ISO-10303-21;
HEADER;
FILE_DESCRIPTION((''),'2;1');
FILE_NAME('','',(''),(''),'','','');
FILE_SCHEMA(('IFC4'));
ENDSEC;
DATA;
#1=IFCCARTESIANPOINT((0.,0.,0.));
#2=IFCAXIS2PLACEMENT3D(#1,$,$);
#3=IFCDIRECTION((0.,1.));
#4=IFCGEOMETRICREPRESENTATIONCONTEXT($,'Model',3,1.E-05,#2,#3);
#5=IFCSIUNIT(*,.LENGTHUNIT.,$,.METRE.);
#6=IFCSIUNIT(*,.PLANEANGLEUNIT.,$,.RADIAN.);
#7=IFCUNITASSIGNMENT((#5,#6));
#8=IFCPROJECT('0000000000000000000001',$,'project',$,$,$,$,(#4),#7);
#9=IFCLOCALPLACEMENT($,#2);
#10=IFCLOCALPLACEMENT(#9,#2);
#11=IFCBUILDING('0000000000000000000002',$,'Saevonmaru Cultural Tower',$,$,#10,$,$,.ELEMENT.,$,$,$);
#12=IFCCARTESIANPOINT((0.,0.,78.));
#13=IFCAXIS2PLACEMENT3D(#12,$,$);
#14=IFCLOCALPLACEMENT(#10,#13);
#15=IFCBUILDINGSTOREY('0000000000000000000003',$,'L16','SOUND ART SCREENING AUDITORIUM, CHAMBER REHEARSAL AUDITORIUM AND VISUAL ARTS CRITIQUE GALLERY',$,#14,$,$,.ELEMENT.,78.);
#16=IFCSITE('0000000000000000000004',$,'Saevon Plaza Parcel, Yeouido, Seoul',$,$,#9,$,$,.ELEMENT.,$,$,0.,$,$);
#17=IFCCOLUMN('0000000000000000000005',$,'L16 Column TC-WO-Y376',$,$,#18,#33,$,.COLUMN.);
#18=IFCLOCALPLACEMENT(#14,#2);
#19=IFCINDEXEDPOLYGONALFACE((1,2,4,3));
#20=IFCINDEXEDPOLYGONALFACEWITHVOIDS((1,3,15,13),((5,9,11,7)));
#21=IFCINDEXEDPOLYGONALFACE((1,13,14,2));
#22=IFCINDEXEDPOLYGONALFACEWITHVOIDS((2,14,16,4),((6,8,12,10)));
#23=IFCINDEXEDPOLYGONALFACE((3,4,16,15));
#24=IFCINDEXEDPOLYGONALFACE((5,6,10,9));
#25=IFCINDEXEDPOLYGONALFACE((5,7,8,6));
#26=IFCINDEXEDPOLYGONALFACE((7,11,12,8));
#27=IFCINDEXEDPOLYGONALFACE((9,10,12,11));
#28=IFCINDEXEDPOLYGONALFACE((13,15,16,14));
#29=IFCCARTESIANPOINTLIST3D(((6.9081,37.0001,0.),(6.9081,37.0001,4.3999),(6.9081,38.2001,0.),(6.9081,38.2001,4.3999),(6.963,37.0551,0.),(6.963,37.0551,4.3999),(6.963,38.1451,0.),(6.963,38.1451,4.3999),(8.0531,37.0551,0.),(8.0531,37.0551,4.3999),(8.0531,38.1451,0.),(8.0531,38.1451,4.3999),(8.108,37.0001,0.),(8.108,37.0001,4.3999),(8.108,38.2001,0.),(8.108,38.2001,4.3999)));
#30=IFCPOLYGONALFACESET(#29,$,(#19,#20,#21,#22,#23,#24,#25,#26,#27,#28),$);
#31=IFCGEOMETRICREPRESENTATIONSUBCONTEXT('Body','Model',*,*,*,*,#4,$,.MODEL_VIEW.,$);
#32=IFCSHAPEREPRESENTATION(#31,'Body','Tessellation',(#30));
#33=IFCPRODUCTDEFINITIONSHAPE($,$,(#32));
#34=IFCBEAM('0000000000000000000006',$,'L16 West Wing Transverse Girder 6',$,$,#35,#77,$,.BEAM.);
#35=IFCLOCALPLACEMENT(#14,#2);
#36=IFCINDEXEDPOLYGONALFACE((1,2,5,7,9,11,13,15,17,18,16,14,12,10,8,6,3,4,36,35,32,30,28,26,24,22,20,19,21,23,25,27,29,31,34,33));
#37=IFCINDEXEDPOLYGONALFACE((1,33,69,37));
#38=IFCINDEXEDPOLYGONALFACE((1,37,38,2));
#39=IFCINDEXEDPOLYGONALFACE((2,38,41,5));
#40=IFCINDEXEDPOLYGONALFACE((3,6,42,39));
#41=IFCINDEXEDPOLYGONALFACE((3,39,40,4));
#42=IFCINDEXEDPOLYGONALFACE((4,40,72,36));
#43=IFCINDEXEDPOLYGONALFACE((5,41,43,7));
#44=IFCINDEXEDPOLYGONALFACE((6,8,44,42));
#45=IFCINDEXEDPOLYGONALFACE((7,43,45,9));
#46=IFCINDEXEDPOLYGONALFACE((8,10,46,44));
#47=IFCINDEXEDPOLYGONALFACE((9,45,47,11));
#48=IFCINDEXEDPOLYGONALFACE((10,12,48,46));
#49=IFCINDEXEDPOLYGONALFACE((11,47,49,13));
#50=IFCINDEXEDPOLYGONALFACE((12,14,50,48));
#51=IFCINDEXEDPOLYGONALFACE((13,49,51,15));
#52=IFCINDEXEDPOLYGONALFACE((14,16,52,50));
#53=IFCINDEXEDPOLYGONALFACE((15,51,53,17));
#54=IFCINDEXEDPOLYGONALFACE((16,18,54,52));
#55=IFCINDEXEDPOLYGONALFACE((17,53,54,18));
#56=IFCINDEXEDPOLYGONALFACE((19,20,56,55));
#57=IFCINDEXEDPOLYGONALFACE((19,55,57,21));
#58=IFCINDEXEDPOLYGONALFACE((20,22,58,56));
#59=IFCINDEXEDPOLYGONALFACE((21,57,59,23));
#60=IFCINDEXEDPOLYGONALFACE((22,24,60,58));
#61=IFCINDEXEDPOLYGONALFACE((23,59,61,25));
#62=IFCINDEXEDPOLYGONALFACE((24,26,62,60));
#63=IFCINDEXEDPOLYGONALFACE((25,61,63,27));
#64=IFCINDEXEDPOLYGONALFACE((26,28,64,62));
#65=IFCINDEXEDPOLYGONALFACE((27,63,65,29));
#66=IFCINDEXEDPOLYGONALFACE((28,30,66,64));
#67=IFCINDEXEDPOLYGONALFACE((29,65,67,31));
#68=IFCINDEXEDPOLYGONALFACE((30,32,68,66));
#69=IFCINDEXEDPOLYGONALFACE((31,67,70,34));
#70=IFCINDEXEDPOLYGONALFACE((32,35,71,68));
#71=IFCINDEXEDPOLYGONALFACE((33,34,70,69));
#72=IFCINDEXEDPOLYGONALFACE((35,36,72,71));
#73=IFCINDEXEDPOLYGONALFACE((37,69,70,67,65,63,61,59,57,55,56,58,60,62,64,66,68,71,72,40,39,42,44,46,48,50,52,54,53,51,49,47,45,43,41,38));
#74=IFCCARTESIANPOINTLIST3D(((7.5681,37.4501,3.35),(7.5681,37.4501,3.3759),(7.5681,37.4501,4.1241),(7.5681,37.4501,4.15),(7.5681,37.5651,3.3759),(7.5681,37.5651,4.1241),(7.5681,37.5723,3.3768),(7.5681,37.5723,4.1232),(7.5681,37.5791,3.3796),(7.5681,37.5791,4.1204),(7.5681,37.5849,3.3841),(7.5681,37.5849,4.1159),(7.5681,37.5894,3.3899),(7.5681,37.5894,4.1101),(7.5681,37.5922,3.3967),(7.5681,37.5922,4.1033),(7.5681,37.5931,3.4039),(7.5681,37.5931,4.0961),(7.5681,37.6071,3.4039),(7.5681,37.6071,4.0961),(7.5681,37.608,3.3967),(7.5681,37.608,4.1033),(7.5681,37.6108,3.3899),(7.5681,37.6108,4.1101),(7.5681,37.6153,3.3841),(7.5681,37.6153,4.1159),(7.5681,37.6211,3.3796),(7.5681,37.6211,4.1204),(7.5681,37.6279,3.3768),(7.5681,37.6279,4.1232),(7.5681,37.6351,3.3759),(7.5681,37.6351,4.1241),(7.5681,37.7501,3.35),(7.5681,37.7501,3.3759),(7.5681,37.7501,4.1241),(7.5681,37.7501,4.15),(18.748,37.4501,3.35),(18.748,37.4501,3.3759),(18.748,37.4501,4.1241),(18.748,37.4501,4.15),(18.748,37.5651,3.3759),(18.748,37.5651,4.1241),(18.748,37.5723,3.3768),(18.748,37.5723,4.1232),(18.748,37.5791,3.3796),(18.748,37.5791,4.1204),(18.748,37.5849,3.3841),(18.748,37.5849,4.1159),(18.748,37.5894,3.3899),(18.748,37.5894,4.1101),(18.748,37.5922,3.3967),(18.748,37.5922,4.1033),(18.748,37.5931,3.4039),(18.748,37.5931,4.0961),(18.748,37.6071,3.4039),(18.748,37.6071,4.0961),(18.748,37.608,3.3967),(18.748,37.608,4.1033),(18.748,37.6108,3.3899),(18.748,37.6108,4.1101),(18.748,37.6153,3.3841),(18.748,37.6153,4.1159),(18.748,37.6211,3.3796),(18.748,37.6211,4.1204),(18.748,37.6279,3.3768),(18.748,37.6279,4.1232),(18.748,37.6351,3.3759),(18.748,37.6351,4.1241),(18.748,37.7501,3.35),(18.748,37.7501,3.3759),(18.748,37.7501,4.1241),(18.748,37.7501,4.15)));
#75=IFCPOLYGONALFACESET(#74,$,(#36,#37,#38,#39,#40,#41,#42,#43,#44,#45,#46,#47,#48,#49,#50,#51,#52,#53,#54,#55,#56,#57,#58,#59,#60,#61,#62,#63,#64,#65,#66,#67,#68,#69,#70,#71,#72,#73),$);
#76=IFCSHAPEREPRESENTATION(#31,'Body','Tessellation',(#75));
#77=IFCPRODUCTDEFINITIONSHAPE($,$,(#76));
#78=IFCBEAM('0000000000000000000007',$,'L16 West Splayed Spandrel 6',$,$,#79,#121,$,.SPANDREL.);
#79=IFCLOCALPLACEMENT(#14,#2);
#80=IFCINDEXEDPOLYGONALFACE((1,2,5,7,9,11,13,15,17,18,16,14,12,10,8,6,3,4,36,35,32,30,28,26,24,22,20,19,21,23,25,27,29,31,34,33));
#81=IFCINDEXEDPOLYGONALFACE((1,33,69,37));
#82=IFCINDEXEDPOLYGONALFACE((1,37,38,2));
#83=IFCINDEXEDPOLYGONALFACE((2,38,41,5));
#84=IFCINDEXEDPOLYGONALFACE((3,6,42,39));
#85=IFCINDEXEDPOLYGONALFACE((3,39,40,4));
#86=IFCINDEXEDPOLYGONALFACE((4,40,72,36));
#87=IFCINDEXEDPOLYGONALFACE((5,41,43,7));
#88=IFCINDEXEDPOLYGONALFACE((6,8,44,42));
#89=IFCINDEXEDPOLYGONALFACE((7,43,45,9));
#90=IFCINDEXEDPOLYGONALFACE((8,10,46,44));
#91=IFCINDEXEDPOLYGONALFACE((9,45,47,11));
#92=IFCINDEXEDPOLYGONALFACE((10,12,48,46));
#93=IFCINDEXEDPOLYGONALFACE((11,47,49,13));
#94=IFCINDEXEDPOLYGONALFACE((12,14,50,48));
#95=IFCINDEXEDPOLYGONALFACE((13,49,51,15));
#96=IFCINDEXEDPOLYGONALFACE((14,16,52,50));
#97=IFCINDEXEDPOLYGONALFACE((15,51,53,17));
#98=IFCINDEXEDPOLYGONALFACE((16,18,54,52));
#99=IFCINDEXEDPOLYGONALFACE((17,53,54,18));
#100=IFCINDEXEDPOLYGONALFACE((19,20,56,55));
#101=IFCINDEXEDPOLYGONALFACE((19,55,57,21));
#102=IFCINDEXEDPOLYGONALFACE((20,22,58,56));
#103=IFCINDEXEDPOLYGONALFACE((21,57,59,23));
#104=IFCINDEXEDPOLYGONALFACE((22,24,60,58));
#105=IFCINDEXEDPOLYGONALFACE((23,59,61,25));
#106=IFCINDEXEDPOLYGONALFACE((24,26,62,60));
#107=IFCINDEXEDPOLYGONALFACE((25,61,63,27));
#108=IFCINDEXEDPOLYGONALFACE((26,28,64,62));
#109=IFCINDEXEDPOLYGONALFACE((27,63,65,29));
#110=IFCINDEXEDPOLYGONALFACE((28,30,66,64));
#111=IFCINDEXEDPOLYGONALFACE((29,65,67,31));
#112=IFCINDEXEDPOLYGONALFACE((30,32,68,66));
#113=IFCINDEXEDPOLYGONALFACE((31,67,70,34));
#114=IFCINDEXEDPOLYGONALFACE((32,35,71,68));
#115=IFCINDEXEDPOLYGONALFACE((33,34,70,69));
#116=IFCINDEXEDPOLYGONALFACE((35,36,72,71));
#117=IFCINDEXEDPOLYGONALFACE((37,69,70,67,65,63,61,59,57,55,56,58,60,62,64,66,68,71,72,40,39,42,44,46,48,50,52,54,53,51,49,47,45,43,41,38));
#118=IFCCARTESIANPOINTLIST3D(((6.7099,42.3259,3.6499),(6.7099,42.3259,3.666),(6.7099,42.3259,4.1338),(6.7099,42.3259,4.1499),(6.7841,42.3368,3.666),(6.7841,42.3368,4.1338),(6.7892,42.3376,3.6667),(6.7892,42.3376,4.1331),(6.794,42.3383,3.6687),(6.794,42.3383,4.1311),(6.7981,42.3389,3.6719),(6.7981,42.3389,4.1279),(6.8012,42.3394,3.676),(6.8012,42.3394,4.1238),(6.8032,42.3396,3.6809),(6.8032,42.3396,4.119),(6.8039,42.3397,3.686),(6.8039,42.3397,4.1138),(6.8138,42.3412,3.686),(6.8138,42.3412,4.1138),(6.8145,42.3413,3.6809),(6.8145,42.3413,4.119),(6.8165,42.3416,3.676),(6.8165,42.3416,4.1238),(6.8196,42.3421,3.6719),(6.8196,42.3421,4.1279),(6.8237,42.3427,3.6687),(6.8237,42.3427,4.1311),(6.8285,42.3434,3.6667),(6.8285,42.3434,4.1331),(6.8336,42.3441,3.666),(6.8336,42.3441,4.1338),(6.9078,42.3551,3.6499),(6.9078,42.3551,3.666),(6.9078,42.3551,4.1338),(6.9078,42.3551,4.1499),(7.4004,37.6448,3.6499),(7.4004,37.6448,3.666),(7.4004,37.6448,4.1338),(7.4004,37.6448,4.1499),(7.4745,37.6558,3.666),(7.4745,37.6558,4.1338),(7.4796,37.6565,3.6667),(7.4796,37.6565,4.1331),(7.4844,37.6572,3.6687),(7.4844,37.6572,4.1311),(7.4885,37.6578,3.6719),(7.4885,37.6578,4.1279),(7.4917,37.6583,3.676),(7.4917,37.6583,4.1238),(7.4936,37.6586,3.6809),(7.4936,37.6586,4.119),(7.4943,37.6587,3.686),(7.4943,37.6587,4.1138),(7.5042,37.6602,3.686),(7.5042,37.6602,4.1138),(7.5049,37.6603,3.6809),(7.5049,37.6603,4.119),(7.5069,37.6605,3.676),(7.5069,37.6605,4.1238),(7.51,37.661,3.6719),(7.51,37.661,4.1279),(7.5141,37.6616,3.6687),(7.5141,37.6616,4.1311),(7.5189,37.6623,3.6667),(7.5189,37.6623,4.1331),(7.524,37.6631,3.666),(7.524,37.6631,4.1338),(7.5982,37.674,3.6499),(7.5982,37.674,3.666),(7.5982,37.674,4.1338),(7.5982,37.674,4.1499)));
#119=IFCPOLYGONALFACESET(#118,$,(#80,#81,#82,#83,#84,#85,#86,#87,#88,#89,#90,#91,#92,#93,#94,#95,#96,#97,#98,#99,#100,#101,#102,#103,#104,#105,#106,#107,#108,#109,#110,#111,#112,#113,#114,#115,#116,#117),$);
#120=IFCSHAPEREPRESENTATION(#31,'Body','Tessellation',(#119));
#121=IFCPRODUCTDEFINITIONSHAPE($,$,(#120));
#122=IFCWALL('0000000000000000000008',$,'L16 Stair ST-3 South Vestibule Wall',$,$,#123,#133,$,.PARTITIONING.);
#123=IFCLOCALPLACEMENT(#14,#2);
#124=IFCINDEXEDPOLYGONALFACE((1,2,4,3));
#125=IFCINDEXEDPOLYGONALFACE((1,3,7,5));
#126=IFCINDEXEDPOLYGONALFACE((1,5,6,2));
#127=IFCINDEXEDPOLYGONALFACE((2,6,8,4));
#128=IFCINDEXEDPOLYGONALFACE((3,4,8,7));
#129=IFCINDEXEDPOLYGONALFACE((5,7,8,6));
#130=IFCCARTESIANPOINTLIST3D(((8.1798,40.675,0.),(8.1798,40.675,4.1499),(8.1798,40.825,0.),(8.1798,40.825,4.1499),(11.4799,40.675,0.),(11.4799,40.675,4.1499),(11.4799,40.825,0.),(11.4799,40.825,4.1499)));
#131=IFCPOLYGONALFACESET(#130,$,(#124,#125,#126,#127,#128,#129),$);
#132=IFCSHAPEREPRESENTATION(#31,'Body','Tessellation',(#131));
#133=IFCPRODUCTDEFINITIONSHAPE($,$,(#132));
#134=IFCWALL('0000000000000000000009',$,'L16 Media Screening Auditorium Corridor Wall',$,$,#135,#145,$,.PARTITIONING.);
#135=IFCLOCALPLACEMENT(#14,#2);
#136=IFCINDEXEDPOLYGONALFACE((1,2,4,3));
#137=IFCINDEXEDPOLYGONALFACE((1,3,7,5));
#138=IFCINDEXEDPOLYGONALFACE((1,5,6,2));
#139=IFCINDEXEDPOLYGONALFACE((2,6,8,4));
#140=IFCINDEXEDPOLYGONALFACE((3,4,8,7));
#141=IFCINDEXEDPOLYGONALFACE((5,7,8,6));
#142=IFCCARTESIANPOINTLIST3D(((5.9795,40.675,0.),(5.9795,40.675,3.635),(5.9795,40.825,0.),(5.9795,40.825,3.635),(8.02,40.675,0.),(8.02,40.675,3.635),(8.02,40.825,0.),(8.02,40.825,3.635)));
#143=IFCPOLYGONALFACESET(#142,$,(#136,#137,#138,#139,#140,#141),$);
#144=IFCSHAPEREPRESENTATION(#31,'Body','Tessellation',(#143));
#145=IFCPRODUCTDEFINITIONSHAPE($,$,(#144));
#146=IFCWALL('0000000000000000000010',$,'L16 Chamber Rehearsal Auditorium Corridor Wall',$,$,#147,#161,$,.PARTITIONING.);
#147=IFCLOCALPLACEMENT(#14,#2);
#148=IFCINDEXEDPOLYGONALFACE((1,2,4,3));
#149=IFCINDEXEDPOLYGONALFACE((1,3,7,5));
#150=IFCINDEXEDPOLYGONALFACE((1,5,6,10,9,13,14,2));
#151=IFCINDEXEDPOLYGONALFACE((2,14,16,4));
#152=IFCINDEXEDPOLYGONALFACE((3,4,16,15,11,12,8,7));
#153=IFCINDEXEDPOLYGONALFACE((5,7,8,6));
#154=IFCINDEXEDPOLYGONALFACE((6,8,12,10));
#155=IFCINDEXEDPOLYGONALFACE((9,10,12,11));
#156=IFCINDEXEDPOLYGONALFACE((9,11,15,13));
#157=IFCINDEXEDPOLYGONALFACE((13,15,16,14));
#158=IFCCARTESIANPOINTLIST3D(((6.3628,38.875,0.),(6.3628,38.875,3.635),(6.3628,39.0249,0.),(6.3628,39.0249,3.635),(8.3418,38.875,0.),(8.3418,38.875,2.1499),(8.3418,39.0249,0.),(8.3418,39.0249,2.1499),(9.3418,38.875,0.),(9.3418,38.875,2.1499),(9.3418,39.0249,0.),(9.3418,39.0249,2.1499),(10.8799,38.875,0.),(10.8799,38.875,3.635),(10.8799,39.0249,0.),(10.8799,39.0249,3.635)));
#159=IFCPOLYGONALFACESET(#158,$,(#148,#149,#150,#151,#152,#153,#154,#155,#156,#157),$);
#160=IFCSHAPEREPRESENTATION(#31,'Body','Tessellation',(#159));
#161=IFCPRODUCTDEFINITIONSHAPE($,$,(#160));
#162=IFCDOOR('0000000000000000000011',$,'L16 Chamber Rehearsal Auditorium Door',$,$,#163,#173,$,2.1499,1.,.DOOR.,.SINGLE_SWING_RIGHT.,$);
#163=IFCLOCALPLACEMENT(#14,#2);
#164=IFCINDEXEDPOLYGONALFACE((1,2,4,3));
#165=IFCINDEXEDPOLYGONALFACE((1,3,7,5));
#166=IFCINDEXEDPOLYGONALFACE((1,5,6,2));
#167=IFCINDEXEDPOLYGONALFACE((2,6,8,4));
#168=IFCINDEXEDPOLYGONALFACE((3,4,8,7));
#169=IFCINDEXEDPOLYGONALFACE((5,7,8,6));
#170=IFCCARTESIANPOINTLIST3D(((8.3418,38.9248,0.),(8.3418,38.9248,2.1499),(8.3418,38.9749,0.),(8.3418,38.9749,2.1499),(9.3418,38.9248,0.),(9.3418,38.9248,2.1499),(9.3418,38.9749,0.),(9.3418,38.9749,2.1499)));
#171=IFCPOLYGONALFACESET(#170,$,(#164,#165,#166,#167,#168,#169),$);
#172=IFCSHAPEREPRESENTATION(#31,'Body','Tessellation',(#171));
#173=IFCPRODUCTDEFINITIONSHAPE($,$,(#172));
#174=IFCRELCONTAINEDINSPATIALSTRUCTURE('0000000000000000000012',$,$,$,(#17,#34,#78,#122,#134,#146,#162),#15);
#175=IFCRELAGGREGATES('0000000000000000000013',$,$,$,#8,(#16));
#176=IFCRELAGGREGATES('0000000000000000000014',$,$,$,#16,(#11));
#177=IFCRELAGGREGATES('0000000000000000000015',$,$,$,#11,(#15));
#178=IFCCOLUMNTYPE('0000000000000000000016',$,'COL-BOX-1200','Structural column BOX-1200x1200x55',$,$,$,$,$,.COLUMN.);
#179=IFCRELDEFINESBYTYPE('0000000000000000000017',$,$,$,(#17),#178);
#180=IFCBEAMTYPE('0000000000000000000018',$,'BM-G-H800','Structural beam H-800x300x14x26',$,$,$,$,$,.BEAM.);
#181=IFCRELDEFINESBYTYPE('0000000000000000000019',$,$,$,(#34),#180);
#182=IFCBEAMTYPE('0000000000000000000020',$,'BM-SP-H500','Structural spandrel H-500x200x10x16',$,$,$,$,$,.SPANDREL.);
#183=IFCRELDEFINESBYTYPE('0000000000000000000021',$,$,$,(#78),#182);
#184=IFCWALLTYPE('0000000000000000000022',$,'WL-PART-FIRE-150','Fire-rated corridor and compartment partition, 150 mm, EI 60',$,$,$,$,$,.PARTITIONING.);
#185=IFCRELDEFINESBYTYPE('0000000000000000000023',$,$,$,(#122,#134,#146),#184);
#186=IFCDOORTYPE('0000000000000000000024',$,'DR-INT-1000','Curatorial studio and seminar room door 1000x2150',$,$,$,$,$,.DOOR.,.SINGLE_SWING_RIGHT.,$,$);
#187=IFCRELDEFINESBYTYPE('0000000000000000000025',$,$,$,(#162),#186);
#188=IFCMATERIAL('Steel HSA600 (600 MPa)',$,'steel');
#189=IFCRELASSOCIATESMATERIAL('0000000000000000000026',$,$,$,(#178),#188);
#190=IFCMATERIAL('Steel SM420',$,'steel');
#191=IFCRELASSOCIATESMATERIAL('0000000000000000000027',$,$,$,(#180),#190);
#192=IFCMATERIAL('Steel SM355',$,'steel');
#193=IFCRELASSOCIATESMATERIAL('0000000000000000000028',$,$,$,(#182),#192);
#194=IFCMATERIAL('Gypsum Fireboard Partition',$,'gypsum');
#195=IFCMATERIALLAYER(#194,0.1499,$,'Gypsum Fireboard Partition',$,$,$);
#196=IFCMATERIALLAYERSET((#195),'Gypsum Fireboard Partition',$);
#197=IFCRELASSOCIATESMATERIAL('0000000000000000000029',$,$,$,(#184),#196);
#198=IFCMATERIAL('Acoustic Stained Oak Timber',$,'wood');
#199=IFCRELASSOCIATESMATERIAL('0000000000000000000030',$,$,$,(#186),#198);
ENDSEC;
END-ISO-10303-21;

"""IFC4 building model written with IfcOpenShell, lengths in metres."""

from ifc_helpers import new_model, si_unit, direction, frame, frame_2d, origin, origin_2d, place, context, subcontext, project, spatial, rectangle, hollow_rectangle, i_section, extrude, material, layer, layer_set, material_profile, profile_set, type_object, element, fill, save


model = new_model("IFC4")

# Units and contexts
model_context = context("Model", 3, precision=1e-05, world=origin(), true_north=direction((0.0, 1.0)))
body_context = subcontext(model_context, "Body", "Model", "MODEL_VIEW")
ifc_project = project(units=[si_unit("LENGTHUNIT", "METRE"), si_unit("PLANEANGLEUNIT", "RADIAN")], contexts=[model_context])

# Site, building, storey
site_placement = place(None, origin())
site = spatial("IfcSite", under=ifc_project, at=site_placement, Name="Saevon Plaza Parcel, Yeouido, Seoul", CompositionType="ELEMENT", RefElevation=0.0)
building_placement = place(site_placement, origin())
building = spatial("IfcBuilding", under=site, at=building_placement, Name="Saevonmaru Cultural Tower", CompositionType="ELEMENT")
storey_placement = place(building_placement, frame((0.0, 0.0, 78.0)))
storey = spatial("IfcBuildingStorey", under=building, at=storey_placement, Name="L16", Description="SOUND ART SCREENING AUDITORIUM, CHAMBER REHEARSAL AUDITORIUM AND VISUAL ARTS CRITIQUE GALLERY", CompositionType="ELEMENT", Elevation=78.0)

# Column
ifc_material_1 = material(Name="Steel HSA600 (600 MPa)", Category="steel")
ifc_material_profile_1 = material_profile(ifc_material_1, hollow_rectangle(XDim=1.2, YDim=1.2, WallThickness=0.0549, at=origin_2d()), Name="BOX-1200x1200x55")
ifc_profile_set_1 = profile_set([ifc_material_profile_1], Name="Steel HSA600 (600 MPa)")
column_type = type_object("IfcColumnType", Name="COL-BOX-1200", Description="Structural column BOX-1200x1200x55", PredefinedType="COLUMN", material=ifc_profile_set_1)
column_placement = place(storey_placement, frame((7.5081, 37.6001, 0.0), z_axis=(0.0, 0.0, 1.0), x_axis=(1.0, 0.0, 0.0)))
element("IfcColumn", 1, at=column_placement, inside=storey, type_object=column_type, Name="L16 Column TC-WO-Y376", PredefinedType="COLUMN", context=body_context, shape_type="SweptSolid", body=[
    extrude(hollow_rectangle(XDim=1.2, YDim=1.2, WallThickness=0.0549, at=origin_2d()), origin(), (0.0, 0.0, 1.0), 4.3999),
])

# Beams
ifc_material_2 = material(Name="Steel SM420", Category="steel")
ifc_material_profile_2 = material_profile(ifc_material_2, i_section(OverallWidth=0.3, OverallDepth=0.8, WebThickness=0.0139, FlangeThickness=0.0259, FilletRadius=0.0281, at=origin_2d()), Name="H-800x300x14x26")
ifc_profile_set_2 = profile_set([ifc_material_profile_2], Name="Steel SM420")
beam_type_1 = type_object("IfcBeamType", Name="BM-G-H800", Description="Structural beam H-800x300x14x26", PredefinedType="BEAM", material=ifc_profile_set_2)
beam_1_placement = place(storey_placement, frame((7.5681, 37.6001, 3.75), z_axis=(1.0, 0.0, 0.0), x_axis=(0.0, 1.0, 0.0)))
element("IfcBeam", 2, at=beam_1_placement, inside=storey, type_object=beam_type_1, Name="L16 West Wing Transverse Girder 6", PredefinedType="BEAM", context=body_context, shape_type="SweptSolid", body=[
    extrude(i_section(OverallWidth=0.3, OverallDepth=0.8, WebThickness=0.0139, FlangeThickness=0.0259, FilletRadius=0.0281, at=origin_2d()), origin(), (0.0, 0.0, 1.0), 11.1799),
])
ifc_material_3 = material(Name="Steel SM355", Category="steel")
ifc_material_profile_3 = material_profile(ifc_material_3, i_section(OverallWidth=0.2, OverallDepth=0.5, WebThickness=0.01, FlangeThickness=0.0161, FilletRadius=0.02, at=origin_2d()), Name="H-500x200x10x16")
ifc_profile_set_3 = profile_set([ifc_material_profile_3], Name="Steel SM355")
beam_type_2 = type_object("IfcBeamType", Name="BM-SP-H500", Description="Structural spandrel H-500x200x10x16", PredefinedType="SPANDREL", material=ifc_profile_set_3)
beam_2_placement = place(storey_placement, frame((7.4993, 37.6594, 3.8999), z_axis=(-0.145913, 0.989297, 0.0), x_axis=(-0.989297, -0.145913, 0.0)))
element("IfcBeam", 3, at=beam_2_placement, inside=storey, type_object=beam_type_2, Name="L16 West Splayed Spandrel 6", PredefinedType="SPANDREL", context=body_context, shape_type="SweptSolid", body=[
    extrude(i_section(OverallWidth=0.2, OverallDepth=0.5, WebThickness=0.01, FlangeThickness=0.0161, FilletRadius=0.02, at=origin_2d()), origin(), (0.0, 0.0, 1.0), 4.7317),
])

# Walls
ifc_material_4 = material(Name="Gypsum Fireboard Partition", Category="gypsum")
ifc_layer_1 = layer(ifc_material_4, 0.1499, Name="Gypsum Fireboard Partition")
ifc_layer_set_1 = layer_set([ifc_layer_1], Name="Gypsum Fireboard Partition")
wall_type_1 = type_object("IfcWallType", Name="WL-PART-FIRE-150", Description="Fire-rated corridor and compartment partition, 150 mm, EI 60", PredefinedType="PARTITIONING", material=ifc_layer_set_1)
wall_1_placement = place(storey_placement, frame((8.1799, 40.75, 0.0), z_axis=(0.0, 0.0, 1.0), x_axis=(1.0, 0.0, 0.0)))
element("IfcWall", 4, at=wall_1_placement, inside=storey, type_object=wall_type_1, Name="L16 Stair ST-3 South Vestibule Wall", PredefinedType="PARTITIONING", context=body_context, shape_type="SweptSolid", body=[
    extrude(rectangle(XDim=3.3, YDim=0.1499, at=frame_2d((1.6499, 0.0))), origin(), (0.0, 0.0, 1.0), 4.1499),
])
wall_2_placement = place(storey_placement, frame((5.9795, 40.75, 0.0), z_axis=(0.0, 0.0, 1.0), x_axis=(1.0, 0.0, 0.0)))
element("IfcWall", 5, at=wall_2_placement, inside=storey, type_object=wall_type_1, Name="L16 Media Screening Auditorium Corridor Wall", PredefinedType="PARTITIONING", context=body_context, shape_type="SweptSolid", body=[
    extrude(rectangle(XDim=2.0405, YDim=0.1499, at=frame_2d((1.0203, 0.0))), origin(), (0.0, 0.0, 1.0), 3.635),
])

# Wall, opening, door
wall_3_placement = place(storey_placement, frame((6.3628, 38.95, 0.0), z_axis=(0.0, 0.0, 1.0), x_axis=(1.0, 0.0, 0.0)))
wall_3 = element("IfcWall", 6, at=wall_3_placement, inside=storey, type_object=wall_type_1, Name="L16 Chamber Rehearsal Auditorium Corridor Wall", PredefinedType="PARTITIONING", context=body_context, shape_type="SweptSolid", body=[
    extrude(rectangle(XDim=4.5171, YDim=0.1499, at=frame_2d((2.2585, 0.0))), origin(), (0.0, 0.0, 1.0), 3.635),
])
opening_1_placement = place(wall_3_placement, frame((1.979, 0.0, 0.0)))
opening_1 = element("IfcOpeningElement", 7, at=opening_1_placement, cuts=wall_3, PredefinedType="OPENING", context=body_context, shape_type="SweptSolid", body=[
    extrude(rectangle(XDim=1.0, YDim=2.1499, at=frame_2d((0.5, 1.075))), frame((0.0, 0.085, 0.0), z_axis=(0.0, -1.0, 0.0), x_axis=(1.0, 0.0, 0.0)), (0.0, 0.0, 1.0), 0.1699),
])
ifc_material_5 = material(Name="Acoustic Stained Oak Timber", Category="wood")
door_type = type_object("IfcDoorType", Name="DR-INT-1000", Description="Curatorial studio and seminar room door 1000x2150", OperationType="SINGLE_SWING_RIGHT", PredefinedType="DOOR", material=ifc_material_5)
door_1_placement = place(opening_1_placement, origin())
door_1 = element("IfcDoor", 8, at=door_1_placement, inside=storey, type_object=door_type, Name="L16 Chamber Rehearsal Auditorium Door", OperationType="SINGLE_SWING_RIGHT", OverallHeight=2.1499, OverallWidth=1.0, PredefinedType="DOOR", context=body_context, shape_type="SweptSolid", body=[
    extrude(rectangle(XDim=1.0, YDim=2.1499, at=frame_2d((0.5, 1.075))), frame((0.0, 0.0249, 0.0), z_axis=(0.0, -1.0, 0.0), x_axis=(1.0, 0.0, 0.0)), (0.0, 0.0, 1.0), 0.05),
])
fill(opening_1, door_1)

save(model, "model.ifc")
